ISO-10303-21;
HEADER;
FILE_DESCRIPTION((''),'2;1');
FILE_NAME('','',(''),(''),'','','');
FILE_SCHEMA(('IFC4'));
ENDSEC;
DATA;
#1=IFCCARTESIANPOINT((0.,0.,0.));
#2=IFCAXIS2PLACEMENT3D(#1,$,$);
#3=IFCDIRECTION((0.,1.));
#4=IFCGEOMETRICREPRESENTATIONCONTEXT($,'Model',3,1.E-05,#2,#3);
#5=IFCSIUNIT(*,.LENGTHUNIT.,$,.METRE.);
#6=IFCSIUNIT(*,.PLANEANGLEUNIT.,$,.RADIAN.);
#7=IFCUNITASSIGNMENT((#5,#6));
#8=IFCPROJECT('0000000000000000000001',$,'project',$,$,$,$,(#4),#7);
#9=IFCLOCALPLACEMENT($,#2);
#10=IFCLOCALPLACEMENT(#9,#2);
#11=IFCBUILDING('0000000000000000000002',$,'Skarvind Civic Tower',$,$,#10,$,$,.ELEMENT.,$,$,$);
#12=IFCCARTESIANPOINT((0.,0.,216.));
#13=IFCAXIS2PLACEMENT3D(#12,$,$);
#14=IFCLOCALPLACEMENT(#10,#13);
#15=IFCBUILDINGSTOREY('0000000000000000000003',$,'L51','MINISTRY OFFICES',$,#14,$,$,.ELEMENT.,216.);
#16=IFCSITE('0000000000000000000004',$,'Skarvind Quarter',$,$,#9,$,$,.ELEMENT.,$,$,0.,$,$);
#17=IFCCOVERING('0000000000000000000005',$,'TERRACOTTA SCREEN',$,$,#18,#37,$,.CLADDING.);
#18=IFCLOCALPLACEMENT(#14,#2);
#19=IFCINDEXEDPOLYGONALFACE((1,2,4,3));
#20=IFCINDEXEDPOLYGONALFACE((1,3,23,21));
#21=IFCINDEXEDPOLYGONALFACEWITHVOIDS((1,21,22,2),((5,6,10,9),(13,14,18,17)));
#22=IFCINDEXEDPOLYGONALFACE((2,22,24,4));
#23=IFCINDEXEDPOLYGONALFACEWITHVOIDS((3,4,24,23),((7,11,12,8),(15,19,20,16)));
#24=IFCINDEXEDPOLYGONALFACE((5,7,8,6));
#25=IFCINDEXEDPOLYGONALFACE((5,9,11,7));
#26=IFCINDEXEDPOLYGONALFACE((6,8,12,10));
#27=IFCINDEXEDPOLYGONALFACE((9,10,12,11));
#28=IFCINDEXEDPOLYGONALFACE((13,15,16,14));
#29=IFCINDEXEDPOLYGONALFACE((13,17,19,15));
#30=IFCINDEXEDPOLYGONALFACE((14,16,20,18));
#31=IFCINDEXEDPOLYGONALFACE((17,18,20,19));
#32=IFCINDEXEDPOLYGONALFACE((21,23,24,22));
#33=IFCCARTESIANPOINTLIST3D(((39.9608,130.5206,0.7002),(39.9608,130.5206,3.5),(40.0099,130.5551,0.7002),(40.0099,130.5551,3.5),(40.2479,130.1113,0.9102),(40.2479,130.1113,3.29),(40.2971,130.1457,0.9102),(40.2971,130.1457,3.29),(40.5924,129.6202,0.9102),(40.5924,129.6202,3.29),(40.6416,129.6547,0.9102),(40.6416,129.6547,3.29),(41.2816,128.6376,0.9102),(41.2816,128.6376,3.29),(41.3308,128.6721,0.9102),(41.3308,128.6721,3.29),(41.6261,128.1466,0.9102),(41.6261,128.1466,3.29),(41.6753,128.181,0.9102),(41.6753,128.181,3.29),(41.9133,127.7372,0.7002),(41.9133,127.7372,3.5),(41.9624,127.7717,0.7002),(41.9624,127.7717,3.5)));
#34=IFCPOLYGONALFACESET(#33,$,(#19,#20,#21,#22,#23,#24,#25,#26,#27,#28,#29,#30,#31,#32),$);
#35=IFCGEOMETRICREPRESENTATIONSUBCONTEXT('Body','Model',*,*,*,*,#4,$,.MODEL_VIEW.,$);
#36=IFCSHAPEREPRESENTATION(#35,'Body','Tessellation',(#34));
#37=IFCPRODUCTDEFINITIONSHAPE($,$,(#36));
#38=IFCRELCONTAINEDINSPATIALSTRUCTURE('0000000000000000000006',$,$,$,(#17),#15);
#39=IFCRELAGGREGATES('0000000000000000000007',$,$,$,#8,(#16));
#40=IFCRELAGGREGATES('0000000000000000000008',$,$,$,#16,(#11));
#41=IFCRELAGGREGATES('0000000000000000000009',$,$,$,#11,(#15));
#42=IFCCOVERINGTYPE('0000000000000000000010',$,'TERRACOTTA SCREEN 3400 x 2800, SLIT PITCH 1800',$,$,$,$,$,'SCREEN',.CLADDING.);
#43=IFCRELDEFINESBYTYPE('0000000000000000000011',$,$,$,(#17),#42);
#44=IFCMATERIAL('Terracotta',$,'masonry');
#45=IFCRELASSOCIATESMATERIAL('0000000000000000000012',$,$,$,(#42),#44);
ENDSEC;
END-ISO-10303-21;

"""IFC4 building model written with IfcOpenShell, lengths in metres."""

from ifc_helpers import new_model, si_unit, direction, frame, origin, place, context, subcontext, project, spatial, polyline, outline, extrude, material, material_profile, profile_set, type_object, element, save


model = new_model("IFC4")

# Units and contexts
model_context = context("Model", 3, precision=1e-05, world=origin(), true_north=direction((0.0, 1.0)))
body_context = subcontext(model_context, "Body", "Model", "MODEL_VIEW")
ifc_project = project(units=[si_unit("LENGTHUNIT", "METRE"), si_unit("PLANEANGLEUNIT", "RADIAN")], contexts=[model_context])

# Site, building, storey
site_placement = place(None, origin())
site = spatial("IfcSite", under=ifc_project, at=site_placement, Name="Skarvind Quarter", CompositionType="ELEMENT", RefElevation=0.0)
building_placement = place(site_placement, origin())
building = spatial("IfcBuilding", under=site, at=building_placement, Name="Skarvind Civic Tower", CompositionType="ELEMENT")
storey_placement = place(building_placement, frame((0.0, 0.0, 216.0)))
storey = spatial("IfcBuildingStorey", under=building, at=storey_placement, Name="L51", Description="MINISTRY OFFICES", CompositionType="ELEMENT", Elevation=216.0)

# Covering
ifc_material_1 = material(Name="Terracotta", Category="masonry")
ifc_material_profile_1 = material_profile(ifc_material_1, outline(polyline([(-1.7, -1.3999), (1.7, -1.3999), (1.7, 1.3999), (-1.7, 1.3999), (-1.7, -1.3999)]), holes=[polyline([(-1.2, -1.1899), (-0.6001, -1.1899), (-0.6001, 1.1899), (-1.2, 1.1899), (-1.2, -1.1899)]), polyline([(0.6001, -1.1899), (1.2, -1.1899), (1.2, 1.1899), (0.6001, 1.1899), (0.6001, -1.1899)])]), Name="TERRACOTTA SCREEN 3400 x 2800, SLIT PITCH 1800")
ifc_profile_set_1 = profile_set([ifc_material_profile_1], Name="Terracotta")
covering_type = type_object("IfcCoveringType", Name="TERRACOTTA SCREEN 3400 x 2800, SLIT PITCH 1800", ElementType="SCREEN", PredefinedType="CLADDING", material=ifc_profile_set_1)
covering_1_placement = place(storey_placement, frame((40.937, 129.1289, 2.1001), z_axis=(0.818657, 0.574282, 0.0), x_axis=(-0.574282, 0.818657, 0.0)))
element("IfcCovering", 1, at=covering_1_placement, inside=storey, type_object=covering_type, Name="TERRACOTTA SCREEN", PredefinedType="CLADDING", context=body_context, shape_type="SweptSolid", body=[
    extrude(outline(polyline([(-1.7, -1.3999), (1.7, -1.3999), (1.7, 1.3999), (-1.7, 1.3999), (-1.7, -1.3999)]), holes=[polyline([(-1.2, -1.1899), (-0.6001, -1.1899), (-0.6001, 1.1899), (-1.2, 1.1899), (-1.2, -1.1899)]), polyline([(0.6001, -1.1899), (1.2, -1.1899), (1.2, 1.1899), (0.6001, 1.1899), (0.6001, -1.1899)])]), origin(), (0.0, 0.0, 1.0), 0.0601),
])

save(model, "model.ifc")
